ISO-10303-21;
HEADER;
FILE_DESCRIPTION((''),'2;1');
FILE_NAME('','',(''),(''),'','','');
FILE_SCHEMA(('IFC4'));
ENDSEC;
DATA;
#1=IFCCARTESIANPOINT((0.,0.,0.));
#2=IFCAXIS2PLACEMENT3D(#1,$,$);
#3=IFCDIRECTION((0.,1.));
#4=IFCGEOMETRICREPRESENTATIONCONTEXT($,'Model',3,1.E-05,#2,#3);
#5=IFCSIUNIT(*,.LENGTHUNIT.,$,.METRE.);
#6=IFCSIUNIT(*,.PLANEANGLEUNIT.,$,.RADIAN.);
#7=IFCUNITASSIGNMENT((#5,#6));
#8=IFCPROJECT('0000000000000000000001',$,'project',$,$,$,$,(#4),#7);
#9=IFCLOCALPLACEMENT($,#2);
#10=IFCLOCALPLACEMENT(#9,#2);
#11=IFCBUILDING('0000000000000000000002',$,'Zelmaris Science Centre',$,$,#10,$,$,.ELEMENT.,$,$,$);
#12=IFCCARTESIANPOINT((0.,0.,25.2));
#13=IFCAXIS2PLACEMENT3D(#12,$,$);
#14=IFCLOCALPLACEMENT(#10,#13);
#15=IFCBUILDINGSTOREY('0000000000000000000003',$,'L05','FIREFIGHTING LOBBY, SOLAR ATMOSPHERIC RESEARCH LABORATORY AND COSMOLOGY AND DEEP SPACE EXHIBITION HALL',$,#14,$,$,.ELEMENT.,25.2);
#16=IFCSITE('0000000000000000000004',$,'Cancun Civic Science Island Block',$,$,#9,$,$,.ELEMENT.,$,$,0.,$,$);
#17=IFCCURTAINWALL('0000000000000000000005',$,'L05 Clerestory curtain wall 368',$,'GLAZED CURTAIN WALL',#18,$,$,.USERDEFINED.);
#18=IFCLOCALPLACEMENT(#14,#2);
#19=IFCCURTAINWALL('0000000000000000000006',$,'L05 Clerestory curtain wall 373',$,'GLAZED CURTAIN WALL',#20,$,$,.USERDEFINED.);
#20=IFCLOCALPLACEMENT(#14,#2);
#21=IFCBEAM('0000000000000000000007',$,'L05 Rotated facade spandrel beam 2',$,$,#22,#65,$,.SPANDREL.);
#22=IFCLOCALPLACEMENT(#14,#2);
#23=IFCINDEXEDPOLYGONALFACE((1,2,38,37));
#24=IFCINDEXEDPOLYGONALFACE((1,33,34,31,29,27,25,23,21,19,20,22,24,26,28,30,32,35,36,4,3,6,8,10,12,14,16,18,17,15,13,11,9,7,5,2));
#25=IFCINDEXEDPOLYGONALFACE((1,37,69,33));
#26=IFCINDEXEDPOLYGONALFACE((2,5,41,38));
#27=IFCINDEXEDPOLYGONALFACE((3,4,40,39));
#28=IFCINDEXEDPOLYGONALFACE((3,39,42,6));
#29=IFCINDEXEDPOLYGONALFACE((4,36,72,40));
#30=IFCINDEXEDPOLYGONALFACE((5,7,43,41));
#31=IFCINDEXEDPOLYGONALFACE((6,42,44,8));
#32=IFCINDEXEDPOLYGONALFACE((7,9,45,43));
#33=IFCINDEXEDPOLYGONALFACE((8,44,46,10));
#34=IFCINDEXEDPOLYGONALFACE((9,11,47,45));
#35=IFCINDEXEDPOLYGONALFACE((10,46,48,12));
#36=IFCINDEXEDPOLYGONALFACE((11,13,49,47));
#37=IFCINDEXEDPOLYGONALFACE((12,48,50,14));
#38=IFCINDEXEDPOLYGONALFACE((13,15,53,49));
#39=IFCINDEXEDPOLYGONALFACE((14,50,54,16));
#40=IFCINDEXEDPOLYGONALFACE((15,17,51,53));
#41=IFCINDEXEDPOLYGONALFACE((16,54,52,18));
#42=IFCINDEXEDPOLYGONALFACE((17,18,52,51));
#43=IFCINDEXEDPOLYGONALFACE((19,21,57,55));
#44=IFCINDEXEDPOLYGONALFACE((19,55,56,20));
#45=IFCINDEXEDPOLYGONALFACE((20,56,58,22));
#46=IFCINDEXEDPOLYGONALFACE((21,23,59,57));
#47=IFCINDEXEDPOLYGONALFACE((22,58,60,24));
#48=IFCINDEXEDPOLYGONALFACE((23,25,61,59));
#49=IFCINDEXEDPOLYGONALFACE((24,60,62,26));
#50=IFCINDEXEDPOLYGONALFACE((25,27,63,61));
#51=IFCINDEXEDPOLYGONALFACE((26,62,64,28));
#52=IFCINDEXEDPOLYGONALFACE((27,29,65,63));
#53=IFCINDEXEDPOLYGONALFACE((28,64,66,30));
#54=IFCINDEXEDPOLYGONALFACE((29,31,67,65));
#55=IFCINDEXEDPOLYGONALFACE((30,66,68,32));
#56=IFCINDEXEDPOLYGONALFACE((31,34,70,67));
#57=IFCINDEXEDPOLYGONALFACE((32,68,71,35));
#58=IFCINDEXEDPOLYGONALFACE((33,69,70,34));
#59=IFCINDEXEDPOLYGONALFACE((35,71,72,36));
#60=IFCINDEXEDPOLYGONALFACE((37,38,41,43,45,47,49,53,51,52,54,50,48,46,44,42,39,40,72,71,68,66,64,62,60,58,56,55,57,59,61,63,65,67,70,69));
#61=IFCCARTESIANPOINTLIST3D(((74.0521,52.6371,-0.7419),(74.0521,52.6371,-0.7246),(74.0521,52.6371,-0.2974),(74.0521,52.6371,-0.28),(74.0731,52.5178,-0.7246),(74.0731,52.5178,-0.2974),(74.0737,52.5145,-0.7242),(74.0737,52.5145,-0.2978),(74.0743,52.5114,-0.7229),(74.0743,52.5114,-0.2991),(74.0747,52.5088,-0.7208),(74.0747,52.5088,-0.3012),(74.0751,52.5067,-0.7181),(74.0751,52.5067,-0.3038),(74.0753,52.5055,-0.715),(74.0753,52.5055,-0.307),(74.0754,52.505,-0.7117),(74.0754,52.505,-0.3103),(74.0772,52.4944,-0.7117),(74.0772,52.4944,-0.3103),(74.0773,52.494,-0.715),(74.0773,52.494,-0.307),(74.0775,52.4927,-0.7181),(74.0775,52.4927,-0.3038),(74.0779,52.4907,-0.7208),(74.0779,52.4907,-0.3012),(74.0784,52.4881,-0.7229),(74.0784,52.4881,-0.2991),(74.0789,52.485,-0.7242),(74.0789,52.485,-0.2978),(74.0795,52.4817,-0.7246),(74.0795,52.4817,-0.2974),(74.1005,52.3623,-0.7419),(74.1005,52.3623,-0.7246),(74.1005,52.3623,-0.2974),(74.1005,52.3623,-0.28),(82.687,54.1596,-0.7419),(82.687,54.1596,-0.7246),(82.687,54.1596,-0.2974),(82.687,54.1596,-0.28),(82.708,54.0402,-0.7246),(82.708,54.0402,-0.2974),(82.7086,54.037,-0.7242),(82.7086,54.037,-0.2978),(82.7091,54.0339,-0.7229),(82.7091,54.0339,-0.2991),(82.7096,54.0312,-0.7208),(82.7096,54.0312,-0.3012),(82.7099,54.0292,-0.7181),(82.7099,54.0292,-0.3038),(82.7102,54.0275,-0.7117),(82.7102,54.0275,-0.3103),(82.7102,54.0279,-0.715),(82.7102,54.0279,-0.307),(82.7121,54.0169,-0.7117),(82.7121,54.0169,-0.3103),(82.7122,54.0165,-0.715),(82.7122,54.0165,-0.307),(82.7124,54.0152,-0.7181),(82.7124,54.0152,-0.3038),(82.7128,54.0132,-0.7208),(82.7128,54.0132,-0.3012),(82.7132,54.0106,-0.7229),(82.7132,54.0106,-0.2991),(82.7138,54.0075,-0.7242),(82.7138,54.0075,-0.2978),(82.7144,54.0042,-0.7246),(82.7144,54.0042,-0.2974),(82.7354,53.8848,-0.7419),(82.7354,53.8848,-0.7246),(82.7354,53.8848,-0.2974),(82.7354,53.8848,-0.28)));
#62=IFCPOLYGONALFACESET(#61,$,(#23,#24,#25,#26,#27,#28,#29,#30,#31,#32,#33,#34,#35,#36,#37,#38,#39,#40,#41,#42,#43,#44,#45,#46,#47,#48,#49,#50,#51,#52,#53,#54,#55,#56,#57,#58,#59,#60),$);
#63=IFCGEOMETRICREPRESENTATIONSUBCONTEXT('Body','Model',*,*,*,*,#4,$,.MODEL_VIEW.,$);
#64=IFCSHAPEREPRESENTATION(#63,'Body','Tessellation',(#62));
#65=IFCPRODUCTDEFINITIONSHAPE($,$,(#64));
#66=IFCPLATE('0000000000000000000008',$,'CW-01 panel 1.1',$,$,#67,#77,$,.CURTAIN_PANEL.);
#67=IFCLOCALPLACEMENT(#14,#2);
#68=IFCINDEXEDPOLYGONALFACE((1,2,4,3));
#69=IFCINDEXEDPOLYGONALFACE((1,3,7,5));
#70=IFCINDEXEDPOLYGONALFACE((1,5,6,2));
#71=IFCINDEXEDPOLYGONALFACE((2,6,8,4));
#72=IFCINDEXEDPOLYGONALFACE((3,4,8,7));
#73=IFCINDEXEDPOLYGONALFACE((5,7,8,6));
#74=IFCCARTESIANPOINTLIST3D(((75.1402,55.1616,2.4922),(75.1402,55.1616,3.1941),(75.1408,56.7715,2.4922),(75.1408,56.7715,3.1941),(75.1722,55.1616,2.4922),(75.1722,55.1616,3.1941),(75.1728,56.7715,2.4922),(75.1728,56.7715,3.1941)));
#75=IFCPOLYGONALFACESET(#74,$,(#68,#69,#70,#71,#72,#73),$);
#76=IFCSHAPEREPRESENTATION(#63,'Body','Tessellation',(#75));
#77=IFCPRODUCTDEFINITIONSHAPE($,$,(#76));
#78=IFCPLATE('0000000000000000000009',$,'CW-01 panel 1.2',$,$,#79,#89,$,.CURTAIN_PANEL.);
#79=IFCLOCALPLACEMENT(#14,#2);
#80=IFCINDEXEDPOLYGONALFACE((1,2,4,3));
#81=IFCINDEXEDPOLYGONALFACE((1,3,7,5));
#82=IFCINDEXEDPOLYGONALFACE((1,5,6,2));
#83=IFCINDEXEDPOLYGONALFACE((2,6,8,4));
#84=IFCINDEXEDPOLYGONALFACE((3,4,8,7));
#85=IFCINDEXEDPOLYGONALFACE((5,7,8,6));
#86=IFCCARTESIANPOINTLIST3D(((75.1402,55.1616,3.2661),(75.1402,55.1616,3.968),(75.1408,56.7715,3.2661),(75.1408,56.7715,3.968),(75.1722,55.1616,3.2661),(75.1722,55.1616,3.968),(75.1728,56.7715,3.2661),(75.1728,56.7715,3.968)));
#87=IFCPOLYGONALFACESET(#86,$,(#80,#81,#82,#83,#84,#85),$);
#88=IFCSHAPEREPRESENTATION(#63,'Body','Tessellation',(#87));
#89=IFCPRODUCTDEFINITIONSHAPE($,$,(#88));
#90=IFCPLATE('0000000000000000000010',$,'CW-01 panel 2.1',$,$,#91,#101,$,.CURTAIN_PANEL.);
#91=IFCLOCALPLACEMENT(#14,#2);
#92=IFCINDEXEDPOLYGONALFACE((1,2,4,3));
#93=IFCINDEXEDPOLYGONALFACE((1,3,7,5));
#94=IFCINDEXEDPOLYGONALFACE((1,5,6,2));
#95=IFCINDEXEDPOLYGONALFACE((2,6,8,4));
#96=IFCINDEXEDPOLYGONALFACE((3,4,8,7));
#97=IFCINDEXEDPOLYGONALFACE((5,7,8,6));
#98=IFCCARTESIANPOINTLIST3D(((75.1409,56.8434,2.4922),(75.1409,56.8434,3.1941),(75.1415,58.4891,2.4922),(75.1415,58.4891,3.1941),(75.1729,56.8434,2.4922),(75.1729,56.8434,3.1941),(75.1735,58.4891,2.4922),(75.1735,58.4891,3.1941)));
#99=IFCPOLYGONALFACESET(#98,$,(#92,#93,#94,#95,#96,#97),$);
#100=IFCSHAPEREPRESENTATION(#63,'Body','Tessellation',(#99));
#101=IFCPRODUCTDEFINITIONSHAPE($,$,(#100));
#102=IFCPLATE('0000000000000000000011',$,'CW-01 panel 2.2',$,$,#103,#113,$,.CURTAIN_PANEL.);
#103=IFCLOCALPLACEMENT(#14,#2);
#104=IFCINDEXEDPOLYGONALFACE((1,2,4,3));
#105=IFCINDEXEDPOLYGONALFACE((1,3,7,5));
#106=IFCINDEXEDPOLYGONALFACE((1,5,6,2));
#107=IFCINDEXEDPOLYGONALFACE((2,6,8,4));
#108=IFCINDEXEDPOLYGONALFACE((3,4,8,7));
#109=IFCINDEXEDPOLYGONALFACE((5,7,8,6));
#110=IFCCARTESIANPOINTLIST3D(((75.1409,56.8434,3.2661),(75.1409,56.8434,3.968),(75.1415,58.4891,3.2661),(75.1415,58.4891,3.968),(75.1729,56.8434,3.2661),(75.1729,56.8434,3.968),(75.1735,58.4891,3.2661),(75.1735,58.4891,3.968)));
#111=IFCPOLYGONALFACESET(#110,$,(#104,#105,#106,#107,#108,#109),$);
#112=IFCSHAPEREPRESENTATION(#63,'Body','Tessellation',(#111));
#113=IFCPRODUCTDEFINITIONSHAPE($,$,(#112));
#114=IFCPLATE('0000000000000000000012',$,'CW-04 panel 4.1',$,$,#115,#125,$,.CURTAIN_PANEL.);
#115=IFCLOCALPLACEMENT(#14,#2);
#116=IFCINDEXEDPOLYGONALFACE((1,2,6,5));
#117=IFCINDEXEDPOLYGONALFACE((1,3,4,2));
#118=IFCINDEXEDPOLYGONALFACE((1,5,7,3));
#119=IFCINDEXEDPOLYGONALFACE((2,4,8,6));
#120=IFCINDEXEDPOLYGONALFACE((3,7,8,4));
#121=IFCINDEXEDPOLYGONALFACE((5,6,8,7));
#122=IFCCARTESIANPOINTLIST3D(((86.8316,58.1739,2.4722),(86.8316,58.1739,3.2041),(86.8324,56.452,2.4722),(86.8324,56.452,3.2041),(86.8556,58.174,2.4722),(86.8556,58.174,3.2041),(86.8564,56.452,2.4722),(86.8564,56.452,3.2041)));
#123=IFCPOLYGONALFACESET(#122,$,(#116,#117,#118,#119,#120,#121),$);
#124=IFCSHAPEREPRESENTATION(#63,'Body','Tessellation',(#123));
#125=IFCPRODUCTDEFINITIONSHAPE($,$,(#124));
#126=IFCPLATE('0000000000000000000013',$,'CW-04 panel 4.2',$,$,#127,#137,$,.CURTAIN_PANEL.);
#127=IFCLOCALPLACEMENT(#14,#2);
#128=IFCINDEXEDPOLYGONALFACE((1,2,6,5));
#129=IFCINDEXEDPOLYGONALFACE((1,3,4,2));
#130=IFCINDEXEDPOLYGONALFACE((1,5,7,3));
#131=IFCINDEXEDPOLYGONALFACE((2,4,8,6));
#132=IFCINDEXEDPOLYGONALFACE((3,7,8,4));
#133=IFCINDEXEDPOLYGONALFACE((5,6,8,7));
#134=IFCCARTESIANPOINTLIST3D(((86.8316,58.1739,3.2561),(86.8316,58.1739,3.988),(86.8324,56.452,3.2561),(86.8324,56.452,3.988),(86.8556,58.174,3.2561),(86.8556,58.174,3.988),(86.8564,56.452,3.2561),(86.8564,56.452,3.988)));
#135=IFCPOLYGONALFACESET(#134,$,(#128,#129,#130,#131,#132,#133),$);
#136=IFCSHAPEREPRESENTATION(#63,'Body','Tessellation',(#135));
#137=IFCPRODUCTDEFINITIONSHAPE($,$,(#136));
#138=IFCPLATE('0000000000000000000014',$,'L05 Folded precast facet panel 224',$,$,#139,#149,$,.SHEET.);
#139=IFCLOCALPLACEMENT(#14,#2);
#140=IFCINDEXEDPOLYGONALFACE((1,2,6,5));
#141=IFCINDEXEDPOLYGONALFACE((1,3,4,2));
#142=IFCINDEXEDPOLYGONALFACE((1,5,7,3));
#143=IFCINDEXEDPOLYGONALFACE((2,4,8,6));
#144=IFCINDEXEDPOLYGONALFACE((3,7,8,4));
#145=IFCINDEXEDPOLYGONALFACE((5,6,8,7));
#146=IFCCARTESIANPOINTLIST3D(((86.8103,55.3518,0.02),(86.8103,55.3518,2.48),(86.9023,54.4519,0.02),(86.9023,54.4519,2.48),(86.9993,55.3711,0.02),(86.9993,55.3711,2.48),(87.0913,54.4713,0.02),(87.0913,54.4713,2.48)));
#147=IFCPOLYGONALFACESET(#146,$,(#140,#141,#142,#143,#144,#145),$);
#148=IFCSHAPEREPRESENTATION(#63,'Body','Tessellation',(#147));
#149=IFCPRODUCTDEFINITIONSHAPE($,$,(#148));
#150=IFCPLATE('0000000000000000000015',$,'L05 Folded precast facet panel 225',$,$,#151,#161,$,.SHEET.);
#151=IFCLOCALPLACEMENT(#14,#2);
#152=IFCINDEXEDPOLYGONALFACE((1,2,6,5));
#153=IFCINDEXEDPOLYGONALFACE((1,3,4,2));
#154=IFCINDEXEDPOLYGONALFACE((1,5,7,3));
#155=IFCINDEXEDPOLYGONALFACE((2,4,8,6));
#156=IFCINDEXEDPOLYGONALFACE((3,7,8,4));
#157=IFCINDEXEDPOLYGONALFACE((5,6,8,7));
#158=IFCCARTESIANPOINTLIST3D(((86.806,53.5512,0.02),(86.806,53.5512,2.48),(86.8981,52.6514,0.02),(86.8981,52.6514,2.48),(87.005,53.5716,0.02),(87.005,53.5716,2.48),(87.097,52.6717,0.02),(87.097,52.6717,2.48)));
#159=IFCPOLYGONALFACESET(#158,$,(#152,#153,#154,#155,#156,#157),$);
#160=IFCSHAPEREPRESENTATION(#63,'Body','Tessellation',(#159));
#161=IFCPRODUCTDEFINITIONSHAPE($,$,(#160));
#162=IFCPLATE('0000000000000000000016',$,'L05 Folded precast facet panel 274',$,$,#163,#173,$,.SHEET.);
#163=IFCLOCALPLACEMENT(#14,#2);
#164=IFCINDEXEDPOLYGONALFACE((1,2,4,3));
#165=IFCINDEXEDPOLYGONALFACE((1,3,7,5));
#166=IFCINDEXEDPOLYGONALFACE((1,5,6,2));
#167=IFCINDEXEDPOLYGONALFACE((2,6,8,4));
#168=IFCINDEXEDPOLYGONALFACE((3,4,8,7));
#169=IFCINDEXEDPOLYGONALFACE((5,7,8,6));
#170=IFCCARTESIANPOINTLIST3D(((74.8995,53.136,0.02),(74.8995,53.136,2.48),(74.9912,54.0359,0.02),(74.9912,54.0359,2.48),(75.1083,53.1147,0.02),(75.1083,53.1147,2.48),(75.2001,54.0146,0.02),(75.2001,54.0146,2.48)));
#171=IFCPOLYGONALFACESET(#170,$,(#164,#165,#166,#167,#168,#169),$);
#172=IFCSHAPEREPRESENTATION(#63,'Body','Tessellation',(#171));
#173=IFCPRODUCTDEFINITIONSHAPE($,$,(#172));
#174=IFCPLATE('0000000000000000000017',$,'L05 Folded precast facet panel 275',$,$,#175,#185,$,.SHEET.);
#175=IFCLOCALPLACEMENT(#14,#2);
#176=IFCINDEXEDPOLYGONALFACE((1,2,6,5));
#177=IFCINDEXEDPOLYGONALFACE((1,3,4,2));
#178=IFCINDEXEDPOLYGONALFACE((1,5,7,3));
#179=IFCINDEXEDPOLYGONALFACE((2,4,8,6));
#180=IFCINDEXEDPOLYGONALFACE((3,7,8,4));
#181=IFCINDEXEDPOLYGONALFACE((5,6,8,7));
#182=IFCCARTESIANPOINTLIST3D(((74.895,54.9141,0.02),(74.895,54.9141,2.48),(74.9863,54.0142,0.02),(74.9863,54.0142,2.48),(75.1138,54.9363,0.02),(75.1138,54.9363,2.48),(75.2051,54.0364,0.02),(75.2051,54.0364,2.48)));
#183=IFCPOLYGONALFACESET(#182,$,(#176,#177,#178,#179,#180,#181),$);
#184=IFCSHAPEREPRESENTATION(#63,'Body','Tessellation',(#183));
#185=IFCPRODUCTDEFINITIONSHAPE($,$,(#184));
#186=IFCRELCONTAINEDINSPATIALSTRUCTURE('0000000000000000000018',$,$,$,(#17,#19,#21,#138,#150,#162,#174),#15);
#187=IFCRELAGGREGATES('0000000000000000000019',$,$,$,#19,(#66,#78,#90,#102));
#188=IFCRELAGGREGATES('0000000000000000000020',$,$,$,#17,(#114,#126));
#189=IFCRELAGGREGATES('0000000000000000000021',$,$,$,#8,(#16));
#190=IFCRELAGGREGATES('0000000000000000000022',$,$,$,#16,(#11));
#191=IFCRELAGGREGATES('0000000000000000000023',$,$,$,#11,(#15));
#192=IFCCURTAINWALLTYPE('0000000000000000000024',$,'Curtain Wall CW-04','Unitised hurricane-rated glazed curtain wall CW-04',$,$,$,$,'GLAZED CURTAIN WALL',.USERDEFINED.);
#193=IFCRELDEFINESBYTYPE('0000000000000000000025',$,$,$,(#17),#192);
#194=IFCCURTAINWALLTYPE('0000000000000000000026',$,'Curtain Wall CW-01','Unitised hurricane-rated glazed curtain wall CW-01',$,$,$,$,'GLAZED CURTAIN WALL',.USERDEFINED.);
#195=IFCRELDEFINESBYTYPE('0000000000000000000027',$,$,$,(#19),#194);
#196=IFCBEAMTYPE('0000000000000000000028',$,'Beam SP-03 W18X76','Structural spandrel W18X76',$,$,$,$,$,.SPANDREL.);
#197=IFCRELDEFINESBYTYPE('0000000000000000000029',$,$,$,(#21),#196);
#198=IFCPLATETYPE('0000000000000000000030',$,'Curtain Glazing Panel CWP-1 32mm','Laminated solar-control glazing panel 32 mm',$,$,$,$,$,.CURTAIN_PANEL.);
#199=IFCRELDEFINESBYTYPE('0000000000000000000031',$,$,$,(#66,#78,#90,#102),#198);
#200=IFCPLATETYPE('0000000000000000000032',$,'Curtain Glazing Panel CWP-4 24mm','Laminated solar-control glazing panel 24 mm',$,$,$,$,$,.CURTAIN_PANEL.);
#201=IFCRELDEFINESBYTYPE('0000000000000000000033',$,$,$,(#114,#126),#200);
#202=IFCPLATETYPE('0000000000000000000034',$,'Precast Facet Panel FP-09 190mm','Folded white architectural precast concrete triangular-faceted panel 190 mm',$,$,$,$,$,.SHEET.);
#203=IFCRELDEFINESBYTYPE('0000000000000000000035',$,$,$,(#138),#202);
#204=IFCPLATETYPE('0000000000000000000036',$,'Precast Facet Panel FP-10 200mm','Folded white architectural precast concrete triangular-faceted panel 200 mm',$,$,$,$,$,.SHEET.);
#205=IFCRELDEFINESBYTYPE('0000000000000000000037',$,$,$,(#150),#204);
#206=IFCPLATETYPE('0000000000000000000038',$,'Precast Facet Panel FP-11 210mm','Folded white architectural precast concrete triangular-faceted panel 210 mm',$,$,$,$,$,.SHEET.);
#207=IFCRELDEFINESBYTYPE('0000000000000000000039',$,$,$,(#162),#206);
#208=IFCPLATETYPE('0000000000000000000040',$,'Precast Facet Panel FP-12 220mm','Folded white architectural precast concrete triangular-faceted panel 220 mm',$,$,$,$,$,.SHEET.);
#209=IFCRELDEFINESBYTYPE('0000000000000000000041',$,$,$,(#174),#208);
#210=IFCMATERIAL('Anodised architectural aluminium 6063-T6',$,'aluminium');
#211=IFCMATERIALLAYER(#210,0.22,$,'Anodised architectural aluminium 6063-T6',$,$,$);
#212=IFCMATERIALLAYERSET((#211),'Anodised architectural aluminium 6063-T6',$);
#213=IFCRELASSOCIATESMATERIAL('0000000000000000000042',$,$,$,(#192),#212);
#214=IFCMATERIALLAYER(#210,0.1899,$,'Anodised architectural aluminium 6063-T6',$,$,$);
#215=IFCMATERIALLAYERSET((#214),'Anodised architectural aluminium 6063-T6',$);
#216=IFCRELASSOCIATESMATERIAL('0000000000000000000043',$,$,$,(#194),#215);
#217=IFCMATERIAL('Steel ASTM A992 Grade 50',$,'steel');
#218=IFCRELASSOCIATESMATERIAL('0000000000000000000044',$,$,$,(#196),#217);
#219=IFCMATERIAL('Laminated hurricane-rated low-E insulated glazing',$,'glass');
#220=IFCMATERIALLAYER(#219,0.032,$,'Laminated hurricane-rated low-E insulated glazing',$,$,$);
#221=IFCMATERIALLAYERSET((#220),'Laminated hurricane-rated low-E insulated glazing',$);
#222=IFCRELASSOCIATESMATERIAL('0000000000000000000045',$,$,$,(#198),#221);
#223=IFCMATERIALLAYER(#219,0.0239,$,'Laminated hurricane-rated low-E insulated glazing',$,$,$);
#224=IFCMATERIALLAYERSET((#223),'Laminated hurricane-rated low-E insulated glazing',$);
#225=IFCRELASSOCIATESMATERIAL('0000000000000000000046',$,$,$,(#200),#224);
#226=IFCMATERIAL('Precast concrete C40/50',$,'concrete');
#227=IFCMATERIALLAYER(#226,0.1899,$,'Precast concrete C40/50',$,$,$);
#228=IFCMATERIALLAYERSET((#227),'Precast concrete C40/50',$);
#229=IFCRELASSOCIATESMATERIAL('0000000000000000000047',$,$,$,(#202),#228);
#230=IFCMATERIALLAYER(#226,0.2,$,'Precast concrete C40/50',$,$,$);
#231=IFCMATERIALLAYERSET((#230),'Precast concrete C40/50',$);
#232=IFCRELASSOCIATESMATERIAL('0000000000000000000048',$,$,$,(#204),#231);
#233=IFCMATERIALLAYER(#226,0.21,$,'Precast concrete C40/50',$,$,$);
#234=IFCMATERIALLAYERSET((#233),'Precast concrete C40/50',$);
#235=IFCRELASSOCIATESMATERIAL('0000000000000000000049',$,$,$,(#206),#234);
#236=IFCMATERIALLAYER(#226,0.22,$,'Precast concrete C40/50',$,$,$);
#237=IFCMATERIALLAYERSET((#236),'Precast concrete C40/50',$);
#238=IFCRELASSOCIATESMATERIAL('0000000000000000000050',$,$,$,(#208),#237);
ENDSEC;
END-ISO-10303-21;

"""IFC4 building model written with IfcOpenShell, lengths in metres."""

from ifc_helpers import new_model, si_unit, direction, frame, frame_2d, origin, origin_2d, place, context, subcontext, project, spatial, rectangle, i_section, extrude, material, layer, layer_set, material_profile, profile_set, type_object, element, aggregate, save


model = new_model("IFC4")

# Units and contexts
model_context = context("Model", 3, precision=1e-05, world=origin(), true_north=direction((0.0, 1.0)))
body_context = subcontext(model_context, "Body", "Model", "MODEL_VIEW")
ifc_project = project(units=[si_unit("LENGTHUNIT", "METRE"), si_unit("PLANEANGLEUNIT", "RADIAN")], contexts=[model_context])

# Site, building, storey
site_placement = place(None, origin())
site = spatial("IfcSite", under=ifc_project, at=site_placement, Name="Cancun Civic Science Island Block", CompositionType="ELEMENT", RefElevation=0.0)
building_placement = place(site_placement, origin())
building = spatial("IfcBuilding", under=site, at=building_placement, Name="Zelmaris Science Centre", CompositionType="ELEMENT")
storey_placement = place(building_placement, frame((0.0, 0.0, 25.2)))
storey = spatial("IfcBuildingStorey", under=building, at=storey_placement, Name="L05", Description="FIREFIGHTING LOBBY, SOLAR ATMOSPHERIC RESEARCH LABORATORY AND COSMOLOGY AND DEEP SPACE EXHIBITION HALL", CompositionType="ELEMENT", Elevation=25.2)

# Curtain walls
ifc_material_1 = material(Name="Anodised architectural aluminium 6063-T6", Category="aluminium")
ifc_layer_1 = layer(ifc_material_1, 0.22, Name="Anodised architectural aluminium 6063-T6")
ifc_layer_set_1 = layer_set([ifc_layer_1], Name="Anodised architectural aluminium 6063-T6")
curtain_wall_type_1 = type_object("IfcCurtainWallType", Name="Curtain Wall CW-04", Description="Unitised hurricane-rated glazed curtain wall CW-04", ElementType="GLAZED CURTAIN WALL", PredefinedType="USERDEFINED", material=ifc_layer_set_1)
curtain_wall_1_placement = place(storey_placement, origin())
curtain_wall_1 = element("IfcCurtainWall", 1, at=curtain_wall_1_placement, inside=storey, type_object=curtain_wall_type_1, Name="L05 Clerestory curtain wall 368", ObjectType="GLAZED CURTAIN WALL", PredefinedType="USERDEFINED")
ifc_layer_2 = layer(ifc_material_1, 0.1899, Name="Anodised architectural aluminium 6063-T6")
ifc_layer_set_2 = layer_set([ifc_layer_2], Name="Anodised architectural aluminium 6063-T6")
curtain_wall_type_2 = type_object("IfcCurtainWallType", Name="Curtain Wall CW-01", Description="Unitised hurricane-rated glazed curtain wall CW-01", ElementType="GLAZED CURTAIN WALL", PredefinedType="USERDEFINED", material=ifc_layer_set_2)
curtain_wall_2_placement = place(storey_placement, origin())
curtain_wall_2 = element("IfcCurtainWall", 2, at=curtain_wall_2_placement, inside=storey, type_object=curtain_wall_type_2, Name="L05 Clerestory curtain wall 373", ObjectType="GLAZED CURTAIN WALL", PredefinedType="USERDEFINED")

# Beam
ifc_material_2 = material(Name="Steel ASTM A992 Grade 50", Category="steel")
ifc_material_profile_1 = material_profile(ifc_material_2, i_section(OverallWidth=0.2791, OverallDepth=0.4619, WebThickness=0.0107, FlangeThickness=0.0173, FilletRadius=0.0129, at=origin_2d()), Name="W18X76")
ifc_profile_set_1 = profile_set([ifc_material_profile_1], Name="Steel ASTM A992 Grade 50")
beam_type = type_object("IfcBeamType", Name="Beam SP-03 W18X76", Description="Structural spandrel W18X76", PredefinedType="SPANDREL", material=ifc_profile_set_1)
beam_placement = place(storey_placement, frame((82.7112, 54.0222, -0.511), z_axis=(-0.984809, -0.173639, 0.0), x_axis=(0.173639, -0.984809, 0.0)))
element("IfcBeam", 3, at=beam_placement, inside=storey, type_object=beam_type, Name="L05 Rotated facade spandrel beam 2", PredefinedType="SPANDREL", context=body_context, shape_type="SweptSolid", body=[
    extrude(i_section(OverallWidth=0.2791, OverallDepth=0.4619, WebThickness=0.0107, FlangeThickness=0.0173, FilletRadius=0.0129, at=origin_2d()), origin(), (0.0, 0.0, 1.0), 8.7681),
])

# Plates
ifc_material_3 = material(Name="Laminated hurricane-rated low-E insulated glazing", Category="glass")
ifc_layer_3 = layer(ifc_material_3, 0.032, Name="Laminated hurricane-rated low-E insulated glazing")
ifc_layer_set_3 = layer_set([ifc_layer_3], Name="Laminated hurricane-rated low-E insulated glazing")
plate_type_1 = type_object("IfcPlateType", Name="Curtain Glazing Panel CWP-1 32mm", Description="Laminated solar-control glazing panel 32 mm", PredefinedType="CURTAIN_PANEL", material=ifc_layer_set_3)
plate_1_placement = place(storey_placement, frame((75.1565, 55.9666, 2.4922), z_axis=(0.0, 0.0, 1.0), x_axis=(0.000379, 1.0, 0.0)))
plate_1 = element("IfcPlate", 4, at=plate_1_placement, type_object=plate_type_1, Name="CW-01 panel 1.1", PredefinedType="CURTAIN_PANEL", context=body_context, shape_type="SweptSolid", body=[
    extrude(rectangle(XDim=1.6099, YDim=0.032, at=origin_2d()), origin(), (0.0, 0.0, 1.0), 0.7019),
])
plate_2_placement = place(storey_placement, frame((75.1565, 55.9666, 3.2661), z_axis=(0.0, 0.0, 1.0), x_axis=(0.000379, 1.0, 0.0)))
plate_2 = element("IfcPlate", 5, at=plate_2_placement, type_object=plate_type_1, Name="CW-01 panel 1.2", PredefinedType="CURTAIN_PANEL", context=body_context, shape_type="SweptSolid", body=[
    extrude(rectangle(XDim=1.6099, YDim=0.032, at=origin_2d()), origin(), (0.0, 0.0, 1.0), 0.7019),
])
plate_3_placement = place(storey_placement, frame((75.1572, 57.6663, 2.4922), z_axis=(0.0, 0.0, 1.0), x_axis=(0.000379, 1.0, 0.0)))
plate_3 = element("IfcPlate", 6, at=plate_3_placement, type_object=plate_type_1, Name="CW-01 panel 2.1", PredefinedType="CURTAIN_PANEL", context=body_context, shape_type="SweptSolid", body=[
    extrude(rectangle(XDim=1.6458, YDim=0.032, at=origin_2d()), origin(), (0.0, 0.0, 1.0), 0.7019),
])
plate_4_placement = place(storey_placement, frame((75.1572, 57.6663, 3.2661), z_axis=(0.0, 0.0, 1.0), x_axis=(0.000379, 1.0, 0.0)))
plate_4 = element("IfcPlate", 7, at=plate_4_placement, type_object=plate_type_1, Name="CW-01 panel 2.2", PredefinedType="CURTAIN_PANEL", context=body_context, shape_type="SweptSolid", body=[
    extrude(rectangle(XDim=1.6458, YDim=0.032, at=origin_2d()), origin(), (0.0, 0.0, 1.0), 0.7019),
])
aggregate(curtain_wall_2, [plate_1, plate_2, plate_3, plate_4])
ifc_layer_4 = layer(ifc_material_3, 0.0239, Name="Laminated hurricane-rated low-E insulated glazing")
ifc_layer_set_4 = layer_set([ifc_layer_4], Name="Laminated hurricane-rated low-E insulated glazing")
plate_type_2 = type_object("IfcPlateType", Name="Curtain Glazing Panel CWP-4 24mm", Description="Laminated solar-control glazing panel 24 mm", PredefinedType="CURTAIN_PANEL", material=ifc_layer_set_4)
plate_5_placement = place(storey_placement, frame((86.844, 57.313, 2.4722), z_axis=(0.0, 0.0, 1.0), x_axis=(0.000457, -1.0, 0.0)))
plate_5 = element("IfcPlate", 8, at=plate_5_placement, type_object=plate_type_2, Name="CW-04 panel 4.1", PredefinedType="CURTAIN_PANEL", context=body_context, shape_type="SweptSolid", body=[
    extrude(rectangle(XDim=1.7219, YDim=0.0239, at=origin_2d()), origin(), (0.0, 0.0, 1.0), 0.7319),
])
plate_6_placement = place(storey_placement, frame((86.844, 57.313, 3.2561), z_axis=(0.0, 0.0, 1.0), x_axis=(0.000457, -1.0, 0.0)))
plate_6 = element("IfcPlate", 9, at=plate_6_placement, type_object=plate_type_2, Name="CW-04 panel 4.2", PredefinedType="CURTAIN_PANEL", context=body_context, shape_type="SweptSolid", body=[
    extrude(rectangle(XDim=1.7219, YDim=0.0239, at=origin_2d()), origin(), (0.0, 0.0, 1.0), 0.7319),
])
aggregate(curtain_wall_1, [plate_5, plate_6])

# Plates
ifc_material_4 = material(Name="Precast concrete C40/50", Category="concrete")
ifc_layer_5 = layer(ifc_material_4, 0.1899, Name="Precast concrete C40/50")
ifc_layer_set_5 = layer_set([ifc_layer_5], Name="Precast concrete C40/50")
plate_type_3 = type_object("IfcPlateType", Name="Precast Facet Panel FP-09 190mm", Description="Folded white architectural precast concrete triangular-faceted panel 190 mm", PredefinedType="SHEET", material=ifc_layer_set_5)
plate_7_placement = place(storey_placement, frame((86.9048, 55.3613, 0.02), z_axis=(0.0, 0.0, 1.0), x_axis=(0.101748, -0.99481, 0.0)))
element("IfcPlate", 10, at=plate_7_placement, inside=storey, type_object=plate_type_3, Name="L05 Folded precast facet panel 224", PredefinedType="SHEET", context=body_context, shape_type="SweptSolid", body=[
    extrude(rectangle(XDim=0.9045, YDim=0.1899, at=frame_2d((0.4521, 0.0))), origin(), (0.0, 0.0, 1.0), 2.46),
])
ifc_layer_6 = layer(ifc_material_4, 0.2, Name="Precast concrete C40/50")
ifc_layer_set_6 = layer_set([ifc_layer_6], Name="Precast concrete C40/50")
plate_type_4 = type_object("IfcPlateType", Name="Precast Facet Panel FP-10 200mm", Description="Folded white architectural precast concrete triangular-faceted panel 200 mm", PredefinedType="SHEET", material=ifc_layer_set_6)
plate_8_placement = place(storey_placement, frame((86.9055, 53.5613, 0.02), z_axis=(0.0, 0.0, 1.0), x_axis=(0.101748, -0.99481, 0.0)))
element("IfcPlate", 11, at=plate_8_placement, inside=storey, type_object=plate_type_4, Name="L05 Folded precast facet panel 225", PredefinedType="SHEET", context=body_context, shape_type="SweptSolid", body=[
    extrude(rectangle(XDim=0.9045, YDim=0.2, at=frame_2d((0.4521, 0.0))), origin(), (0.0, 0.0, 1.0), 2.46),
])
ifc_layer_7 = layer(ifc_material_4, 0.21, Name="Precast concrete C40/50")
ifc_layer_set_7 = layer_set([ifc_layer_7], Name="Precast concrete C40/50")
plate_type_5 = type_object("IfcPlateType", Name="Precast Facet Panel FP-11 210mm", Description="Folded white architectural precast concrete triangular-faceted panel 210 mm", PredefinedType="SHEET", material=ifc_layer_set_7)
plate_9_placement = place(storey_placement, frame((75.0039, 53.1255, 0.02), z_axis=(0.0, 0.0, 1.0), x_axis=(0.101481, 0.994837, 0.0)))
element("IfcPlate", 12, at=plate_9_placement, inside=storey, type_object=plate_type_5, Name="L05 Folded precast facet panel 274", PredefinedType="SHEET", context=body_context, shape_type="SweptSolid", body=[
    extrude(rectangle(XDim=0.9045, YDim=0.21, at=frame_2d((0.4521, 0.0))), origin(), (0.0, 0.0, 1.0), 2.46),
])
ifc_layer_8 = layer(ifc_material_4, 0.22, Name="Precast concrete C40/50")
ifc_layer_set_8 = layer_set([ifc_layer_8], Name="Precast concrete C40/50")
plate_type_6 = type_object("IfcPlateType", Name="Precast Facet Panel FP-12 220mm", Description="Folded white architectural precast concrete triangular-faceted panel 220 mm", PredefinedType="SHEET", material=ifc_layer_set_8)
plate_10_placement = place(storey_placement, frame((75.0957, 54.0254, 0.02), z_axis=(0.0, 0.0, 1.0), x_axis=(-0.100947, 0.994892, 0.0)))
element("IfcPlate", 13, at=plate_10_placement, inside=storey, type_object=plate_type_6, Name="L05 Folded precast facet panel 275", PredefinedType="SHEET", context=body_context, shape_type="SweptSolid", body=[
    extrude(rectangle(XDim=0.9045, YDim=0.22, at=frame_2d((0.4521, 0.0))), origin(), (0.0, 0.0, 1.0), 2.46),
])

save(model, "model.ifc")
